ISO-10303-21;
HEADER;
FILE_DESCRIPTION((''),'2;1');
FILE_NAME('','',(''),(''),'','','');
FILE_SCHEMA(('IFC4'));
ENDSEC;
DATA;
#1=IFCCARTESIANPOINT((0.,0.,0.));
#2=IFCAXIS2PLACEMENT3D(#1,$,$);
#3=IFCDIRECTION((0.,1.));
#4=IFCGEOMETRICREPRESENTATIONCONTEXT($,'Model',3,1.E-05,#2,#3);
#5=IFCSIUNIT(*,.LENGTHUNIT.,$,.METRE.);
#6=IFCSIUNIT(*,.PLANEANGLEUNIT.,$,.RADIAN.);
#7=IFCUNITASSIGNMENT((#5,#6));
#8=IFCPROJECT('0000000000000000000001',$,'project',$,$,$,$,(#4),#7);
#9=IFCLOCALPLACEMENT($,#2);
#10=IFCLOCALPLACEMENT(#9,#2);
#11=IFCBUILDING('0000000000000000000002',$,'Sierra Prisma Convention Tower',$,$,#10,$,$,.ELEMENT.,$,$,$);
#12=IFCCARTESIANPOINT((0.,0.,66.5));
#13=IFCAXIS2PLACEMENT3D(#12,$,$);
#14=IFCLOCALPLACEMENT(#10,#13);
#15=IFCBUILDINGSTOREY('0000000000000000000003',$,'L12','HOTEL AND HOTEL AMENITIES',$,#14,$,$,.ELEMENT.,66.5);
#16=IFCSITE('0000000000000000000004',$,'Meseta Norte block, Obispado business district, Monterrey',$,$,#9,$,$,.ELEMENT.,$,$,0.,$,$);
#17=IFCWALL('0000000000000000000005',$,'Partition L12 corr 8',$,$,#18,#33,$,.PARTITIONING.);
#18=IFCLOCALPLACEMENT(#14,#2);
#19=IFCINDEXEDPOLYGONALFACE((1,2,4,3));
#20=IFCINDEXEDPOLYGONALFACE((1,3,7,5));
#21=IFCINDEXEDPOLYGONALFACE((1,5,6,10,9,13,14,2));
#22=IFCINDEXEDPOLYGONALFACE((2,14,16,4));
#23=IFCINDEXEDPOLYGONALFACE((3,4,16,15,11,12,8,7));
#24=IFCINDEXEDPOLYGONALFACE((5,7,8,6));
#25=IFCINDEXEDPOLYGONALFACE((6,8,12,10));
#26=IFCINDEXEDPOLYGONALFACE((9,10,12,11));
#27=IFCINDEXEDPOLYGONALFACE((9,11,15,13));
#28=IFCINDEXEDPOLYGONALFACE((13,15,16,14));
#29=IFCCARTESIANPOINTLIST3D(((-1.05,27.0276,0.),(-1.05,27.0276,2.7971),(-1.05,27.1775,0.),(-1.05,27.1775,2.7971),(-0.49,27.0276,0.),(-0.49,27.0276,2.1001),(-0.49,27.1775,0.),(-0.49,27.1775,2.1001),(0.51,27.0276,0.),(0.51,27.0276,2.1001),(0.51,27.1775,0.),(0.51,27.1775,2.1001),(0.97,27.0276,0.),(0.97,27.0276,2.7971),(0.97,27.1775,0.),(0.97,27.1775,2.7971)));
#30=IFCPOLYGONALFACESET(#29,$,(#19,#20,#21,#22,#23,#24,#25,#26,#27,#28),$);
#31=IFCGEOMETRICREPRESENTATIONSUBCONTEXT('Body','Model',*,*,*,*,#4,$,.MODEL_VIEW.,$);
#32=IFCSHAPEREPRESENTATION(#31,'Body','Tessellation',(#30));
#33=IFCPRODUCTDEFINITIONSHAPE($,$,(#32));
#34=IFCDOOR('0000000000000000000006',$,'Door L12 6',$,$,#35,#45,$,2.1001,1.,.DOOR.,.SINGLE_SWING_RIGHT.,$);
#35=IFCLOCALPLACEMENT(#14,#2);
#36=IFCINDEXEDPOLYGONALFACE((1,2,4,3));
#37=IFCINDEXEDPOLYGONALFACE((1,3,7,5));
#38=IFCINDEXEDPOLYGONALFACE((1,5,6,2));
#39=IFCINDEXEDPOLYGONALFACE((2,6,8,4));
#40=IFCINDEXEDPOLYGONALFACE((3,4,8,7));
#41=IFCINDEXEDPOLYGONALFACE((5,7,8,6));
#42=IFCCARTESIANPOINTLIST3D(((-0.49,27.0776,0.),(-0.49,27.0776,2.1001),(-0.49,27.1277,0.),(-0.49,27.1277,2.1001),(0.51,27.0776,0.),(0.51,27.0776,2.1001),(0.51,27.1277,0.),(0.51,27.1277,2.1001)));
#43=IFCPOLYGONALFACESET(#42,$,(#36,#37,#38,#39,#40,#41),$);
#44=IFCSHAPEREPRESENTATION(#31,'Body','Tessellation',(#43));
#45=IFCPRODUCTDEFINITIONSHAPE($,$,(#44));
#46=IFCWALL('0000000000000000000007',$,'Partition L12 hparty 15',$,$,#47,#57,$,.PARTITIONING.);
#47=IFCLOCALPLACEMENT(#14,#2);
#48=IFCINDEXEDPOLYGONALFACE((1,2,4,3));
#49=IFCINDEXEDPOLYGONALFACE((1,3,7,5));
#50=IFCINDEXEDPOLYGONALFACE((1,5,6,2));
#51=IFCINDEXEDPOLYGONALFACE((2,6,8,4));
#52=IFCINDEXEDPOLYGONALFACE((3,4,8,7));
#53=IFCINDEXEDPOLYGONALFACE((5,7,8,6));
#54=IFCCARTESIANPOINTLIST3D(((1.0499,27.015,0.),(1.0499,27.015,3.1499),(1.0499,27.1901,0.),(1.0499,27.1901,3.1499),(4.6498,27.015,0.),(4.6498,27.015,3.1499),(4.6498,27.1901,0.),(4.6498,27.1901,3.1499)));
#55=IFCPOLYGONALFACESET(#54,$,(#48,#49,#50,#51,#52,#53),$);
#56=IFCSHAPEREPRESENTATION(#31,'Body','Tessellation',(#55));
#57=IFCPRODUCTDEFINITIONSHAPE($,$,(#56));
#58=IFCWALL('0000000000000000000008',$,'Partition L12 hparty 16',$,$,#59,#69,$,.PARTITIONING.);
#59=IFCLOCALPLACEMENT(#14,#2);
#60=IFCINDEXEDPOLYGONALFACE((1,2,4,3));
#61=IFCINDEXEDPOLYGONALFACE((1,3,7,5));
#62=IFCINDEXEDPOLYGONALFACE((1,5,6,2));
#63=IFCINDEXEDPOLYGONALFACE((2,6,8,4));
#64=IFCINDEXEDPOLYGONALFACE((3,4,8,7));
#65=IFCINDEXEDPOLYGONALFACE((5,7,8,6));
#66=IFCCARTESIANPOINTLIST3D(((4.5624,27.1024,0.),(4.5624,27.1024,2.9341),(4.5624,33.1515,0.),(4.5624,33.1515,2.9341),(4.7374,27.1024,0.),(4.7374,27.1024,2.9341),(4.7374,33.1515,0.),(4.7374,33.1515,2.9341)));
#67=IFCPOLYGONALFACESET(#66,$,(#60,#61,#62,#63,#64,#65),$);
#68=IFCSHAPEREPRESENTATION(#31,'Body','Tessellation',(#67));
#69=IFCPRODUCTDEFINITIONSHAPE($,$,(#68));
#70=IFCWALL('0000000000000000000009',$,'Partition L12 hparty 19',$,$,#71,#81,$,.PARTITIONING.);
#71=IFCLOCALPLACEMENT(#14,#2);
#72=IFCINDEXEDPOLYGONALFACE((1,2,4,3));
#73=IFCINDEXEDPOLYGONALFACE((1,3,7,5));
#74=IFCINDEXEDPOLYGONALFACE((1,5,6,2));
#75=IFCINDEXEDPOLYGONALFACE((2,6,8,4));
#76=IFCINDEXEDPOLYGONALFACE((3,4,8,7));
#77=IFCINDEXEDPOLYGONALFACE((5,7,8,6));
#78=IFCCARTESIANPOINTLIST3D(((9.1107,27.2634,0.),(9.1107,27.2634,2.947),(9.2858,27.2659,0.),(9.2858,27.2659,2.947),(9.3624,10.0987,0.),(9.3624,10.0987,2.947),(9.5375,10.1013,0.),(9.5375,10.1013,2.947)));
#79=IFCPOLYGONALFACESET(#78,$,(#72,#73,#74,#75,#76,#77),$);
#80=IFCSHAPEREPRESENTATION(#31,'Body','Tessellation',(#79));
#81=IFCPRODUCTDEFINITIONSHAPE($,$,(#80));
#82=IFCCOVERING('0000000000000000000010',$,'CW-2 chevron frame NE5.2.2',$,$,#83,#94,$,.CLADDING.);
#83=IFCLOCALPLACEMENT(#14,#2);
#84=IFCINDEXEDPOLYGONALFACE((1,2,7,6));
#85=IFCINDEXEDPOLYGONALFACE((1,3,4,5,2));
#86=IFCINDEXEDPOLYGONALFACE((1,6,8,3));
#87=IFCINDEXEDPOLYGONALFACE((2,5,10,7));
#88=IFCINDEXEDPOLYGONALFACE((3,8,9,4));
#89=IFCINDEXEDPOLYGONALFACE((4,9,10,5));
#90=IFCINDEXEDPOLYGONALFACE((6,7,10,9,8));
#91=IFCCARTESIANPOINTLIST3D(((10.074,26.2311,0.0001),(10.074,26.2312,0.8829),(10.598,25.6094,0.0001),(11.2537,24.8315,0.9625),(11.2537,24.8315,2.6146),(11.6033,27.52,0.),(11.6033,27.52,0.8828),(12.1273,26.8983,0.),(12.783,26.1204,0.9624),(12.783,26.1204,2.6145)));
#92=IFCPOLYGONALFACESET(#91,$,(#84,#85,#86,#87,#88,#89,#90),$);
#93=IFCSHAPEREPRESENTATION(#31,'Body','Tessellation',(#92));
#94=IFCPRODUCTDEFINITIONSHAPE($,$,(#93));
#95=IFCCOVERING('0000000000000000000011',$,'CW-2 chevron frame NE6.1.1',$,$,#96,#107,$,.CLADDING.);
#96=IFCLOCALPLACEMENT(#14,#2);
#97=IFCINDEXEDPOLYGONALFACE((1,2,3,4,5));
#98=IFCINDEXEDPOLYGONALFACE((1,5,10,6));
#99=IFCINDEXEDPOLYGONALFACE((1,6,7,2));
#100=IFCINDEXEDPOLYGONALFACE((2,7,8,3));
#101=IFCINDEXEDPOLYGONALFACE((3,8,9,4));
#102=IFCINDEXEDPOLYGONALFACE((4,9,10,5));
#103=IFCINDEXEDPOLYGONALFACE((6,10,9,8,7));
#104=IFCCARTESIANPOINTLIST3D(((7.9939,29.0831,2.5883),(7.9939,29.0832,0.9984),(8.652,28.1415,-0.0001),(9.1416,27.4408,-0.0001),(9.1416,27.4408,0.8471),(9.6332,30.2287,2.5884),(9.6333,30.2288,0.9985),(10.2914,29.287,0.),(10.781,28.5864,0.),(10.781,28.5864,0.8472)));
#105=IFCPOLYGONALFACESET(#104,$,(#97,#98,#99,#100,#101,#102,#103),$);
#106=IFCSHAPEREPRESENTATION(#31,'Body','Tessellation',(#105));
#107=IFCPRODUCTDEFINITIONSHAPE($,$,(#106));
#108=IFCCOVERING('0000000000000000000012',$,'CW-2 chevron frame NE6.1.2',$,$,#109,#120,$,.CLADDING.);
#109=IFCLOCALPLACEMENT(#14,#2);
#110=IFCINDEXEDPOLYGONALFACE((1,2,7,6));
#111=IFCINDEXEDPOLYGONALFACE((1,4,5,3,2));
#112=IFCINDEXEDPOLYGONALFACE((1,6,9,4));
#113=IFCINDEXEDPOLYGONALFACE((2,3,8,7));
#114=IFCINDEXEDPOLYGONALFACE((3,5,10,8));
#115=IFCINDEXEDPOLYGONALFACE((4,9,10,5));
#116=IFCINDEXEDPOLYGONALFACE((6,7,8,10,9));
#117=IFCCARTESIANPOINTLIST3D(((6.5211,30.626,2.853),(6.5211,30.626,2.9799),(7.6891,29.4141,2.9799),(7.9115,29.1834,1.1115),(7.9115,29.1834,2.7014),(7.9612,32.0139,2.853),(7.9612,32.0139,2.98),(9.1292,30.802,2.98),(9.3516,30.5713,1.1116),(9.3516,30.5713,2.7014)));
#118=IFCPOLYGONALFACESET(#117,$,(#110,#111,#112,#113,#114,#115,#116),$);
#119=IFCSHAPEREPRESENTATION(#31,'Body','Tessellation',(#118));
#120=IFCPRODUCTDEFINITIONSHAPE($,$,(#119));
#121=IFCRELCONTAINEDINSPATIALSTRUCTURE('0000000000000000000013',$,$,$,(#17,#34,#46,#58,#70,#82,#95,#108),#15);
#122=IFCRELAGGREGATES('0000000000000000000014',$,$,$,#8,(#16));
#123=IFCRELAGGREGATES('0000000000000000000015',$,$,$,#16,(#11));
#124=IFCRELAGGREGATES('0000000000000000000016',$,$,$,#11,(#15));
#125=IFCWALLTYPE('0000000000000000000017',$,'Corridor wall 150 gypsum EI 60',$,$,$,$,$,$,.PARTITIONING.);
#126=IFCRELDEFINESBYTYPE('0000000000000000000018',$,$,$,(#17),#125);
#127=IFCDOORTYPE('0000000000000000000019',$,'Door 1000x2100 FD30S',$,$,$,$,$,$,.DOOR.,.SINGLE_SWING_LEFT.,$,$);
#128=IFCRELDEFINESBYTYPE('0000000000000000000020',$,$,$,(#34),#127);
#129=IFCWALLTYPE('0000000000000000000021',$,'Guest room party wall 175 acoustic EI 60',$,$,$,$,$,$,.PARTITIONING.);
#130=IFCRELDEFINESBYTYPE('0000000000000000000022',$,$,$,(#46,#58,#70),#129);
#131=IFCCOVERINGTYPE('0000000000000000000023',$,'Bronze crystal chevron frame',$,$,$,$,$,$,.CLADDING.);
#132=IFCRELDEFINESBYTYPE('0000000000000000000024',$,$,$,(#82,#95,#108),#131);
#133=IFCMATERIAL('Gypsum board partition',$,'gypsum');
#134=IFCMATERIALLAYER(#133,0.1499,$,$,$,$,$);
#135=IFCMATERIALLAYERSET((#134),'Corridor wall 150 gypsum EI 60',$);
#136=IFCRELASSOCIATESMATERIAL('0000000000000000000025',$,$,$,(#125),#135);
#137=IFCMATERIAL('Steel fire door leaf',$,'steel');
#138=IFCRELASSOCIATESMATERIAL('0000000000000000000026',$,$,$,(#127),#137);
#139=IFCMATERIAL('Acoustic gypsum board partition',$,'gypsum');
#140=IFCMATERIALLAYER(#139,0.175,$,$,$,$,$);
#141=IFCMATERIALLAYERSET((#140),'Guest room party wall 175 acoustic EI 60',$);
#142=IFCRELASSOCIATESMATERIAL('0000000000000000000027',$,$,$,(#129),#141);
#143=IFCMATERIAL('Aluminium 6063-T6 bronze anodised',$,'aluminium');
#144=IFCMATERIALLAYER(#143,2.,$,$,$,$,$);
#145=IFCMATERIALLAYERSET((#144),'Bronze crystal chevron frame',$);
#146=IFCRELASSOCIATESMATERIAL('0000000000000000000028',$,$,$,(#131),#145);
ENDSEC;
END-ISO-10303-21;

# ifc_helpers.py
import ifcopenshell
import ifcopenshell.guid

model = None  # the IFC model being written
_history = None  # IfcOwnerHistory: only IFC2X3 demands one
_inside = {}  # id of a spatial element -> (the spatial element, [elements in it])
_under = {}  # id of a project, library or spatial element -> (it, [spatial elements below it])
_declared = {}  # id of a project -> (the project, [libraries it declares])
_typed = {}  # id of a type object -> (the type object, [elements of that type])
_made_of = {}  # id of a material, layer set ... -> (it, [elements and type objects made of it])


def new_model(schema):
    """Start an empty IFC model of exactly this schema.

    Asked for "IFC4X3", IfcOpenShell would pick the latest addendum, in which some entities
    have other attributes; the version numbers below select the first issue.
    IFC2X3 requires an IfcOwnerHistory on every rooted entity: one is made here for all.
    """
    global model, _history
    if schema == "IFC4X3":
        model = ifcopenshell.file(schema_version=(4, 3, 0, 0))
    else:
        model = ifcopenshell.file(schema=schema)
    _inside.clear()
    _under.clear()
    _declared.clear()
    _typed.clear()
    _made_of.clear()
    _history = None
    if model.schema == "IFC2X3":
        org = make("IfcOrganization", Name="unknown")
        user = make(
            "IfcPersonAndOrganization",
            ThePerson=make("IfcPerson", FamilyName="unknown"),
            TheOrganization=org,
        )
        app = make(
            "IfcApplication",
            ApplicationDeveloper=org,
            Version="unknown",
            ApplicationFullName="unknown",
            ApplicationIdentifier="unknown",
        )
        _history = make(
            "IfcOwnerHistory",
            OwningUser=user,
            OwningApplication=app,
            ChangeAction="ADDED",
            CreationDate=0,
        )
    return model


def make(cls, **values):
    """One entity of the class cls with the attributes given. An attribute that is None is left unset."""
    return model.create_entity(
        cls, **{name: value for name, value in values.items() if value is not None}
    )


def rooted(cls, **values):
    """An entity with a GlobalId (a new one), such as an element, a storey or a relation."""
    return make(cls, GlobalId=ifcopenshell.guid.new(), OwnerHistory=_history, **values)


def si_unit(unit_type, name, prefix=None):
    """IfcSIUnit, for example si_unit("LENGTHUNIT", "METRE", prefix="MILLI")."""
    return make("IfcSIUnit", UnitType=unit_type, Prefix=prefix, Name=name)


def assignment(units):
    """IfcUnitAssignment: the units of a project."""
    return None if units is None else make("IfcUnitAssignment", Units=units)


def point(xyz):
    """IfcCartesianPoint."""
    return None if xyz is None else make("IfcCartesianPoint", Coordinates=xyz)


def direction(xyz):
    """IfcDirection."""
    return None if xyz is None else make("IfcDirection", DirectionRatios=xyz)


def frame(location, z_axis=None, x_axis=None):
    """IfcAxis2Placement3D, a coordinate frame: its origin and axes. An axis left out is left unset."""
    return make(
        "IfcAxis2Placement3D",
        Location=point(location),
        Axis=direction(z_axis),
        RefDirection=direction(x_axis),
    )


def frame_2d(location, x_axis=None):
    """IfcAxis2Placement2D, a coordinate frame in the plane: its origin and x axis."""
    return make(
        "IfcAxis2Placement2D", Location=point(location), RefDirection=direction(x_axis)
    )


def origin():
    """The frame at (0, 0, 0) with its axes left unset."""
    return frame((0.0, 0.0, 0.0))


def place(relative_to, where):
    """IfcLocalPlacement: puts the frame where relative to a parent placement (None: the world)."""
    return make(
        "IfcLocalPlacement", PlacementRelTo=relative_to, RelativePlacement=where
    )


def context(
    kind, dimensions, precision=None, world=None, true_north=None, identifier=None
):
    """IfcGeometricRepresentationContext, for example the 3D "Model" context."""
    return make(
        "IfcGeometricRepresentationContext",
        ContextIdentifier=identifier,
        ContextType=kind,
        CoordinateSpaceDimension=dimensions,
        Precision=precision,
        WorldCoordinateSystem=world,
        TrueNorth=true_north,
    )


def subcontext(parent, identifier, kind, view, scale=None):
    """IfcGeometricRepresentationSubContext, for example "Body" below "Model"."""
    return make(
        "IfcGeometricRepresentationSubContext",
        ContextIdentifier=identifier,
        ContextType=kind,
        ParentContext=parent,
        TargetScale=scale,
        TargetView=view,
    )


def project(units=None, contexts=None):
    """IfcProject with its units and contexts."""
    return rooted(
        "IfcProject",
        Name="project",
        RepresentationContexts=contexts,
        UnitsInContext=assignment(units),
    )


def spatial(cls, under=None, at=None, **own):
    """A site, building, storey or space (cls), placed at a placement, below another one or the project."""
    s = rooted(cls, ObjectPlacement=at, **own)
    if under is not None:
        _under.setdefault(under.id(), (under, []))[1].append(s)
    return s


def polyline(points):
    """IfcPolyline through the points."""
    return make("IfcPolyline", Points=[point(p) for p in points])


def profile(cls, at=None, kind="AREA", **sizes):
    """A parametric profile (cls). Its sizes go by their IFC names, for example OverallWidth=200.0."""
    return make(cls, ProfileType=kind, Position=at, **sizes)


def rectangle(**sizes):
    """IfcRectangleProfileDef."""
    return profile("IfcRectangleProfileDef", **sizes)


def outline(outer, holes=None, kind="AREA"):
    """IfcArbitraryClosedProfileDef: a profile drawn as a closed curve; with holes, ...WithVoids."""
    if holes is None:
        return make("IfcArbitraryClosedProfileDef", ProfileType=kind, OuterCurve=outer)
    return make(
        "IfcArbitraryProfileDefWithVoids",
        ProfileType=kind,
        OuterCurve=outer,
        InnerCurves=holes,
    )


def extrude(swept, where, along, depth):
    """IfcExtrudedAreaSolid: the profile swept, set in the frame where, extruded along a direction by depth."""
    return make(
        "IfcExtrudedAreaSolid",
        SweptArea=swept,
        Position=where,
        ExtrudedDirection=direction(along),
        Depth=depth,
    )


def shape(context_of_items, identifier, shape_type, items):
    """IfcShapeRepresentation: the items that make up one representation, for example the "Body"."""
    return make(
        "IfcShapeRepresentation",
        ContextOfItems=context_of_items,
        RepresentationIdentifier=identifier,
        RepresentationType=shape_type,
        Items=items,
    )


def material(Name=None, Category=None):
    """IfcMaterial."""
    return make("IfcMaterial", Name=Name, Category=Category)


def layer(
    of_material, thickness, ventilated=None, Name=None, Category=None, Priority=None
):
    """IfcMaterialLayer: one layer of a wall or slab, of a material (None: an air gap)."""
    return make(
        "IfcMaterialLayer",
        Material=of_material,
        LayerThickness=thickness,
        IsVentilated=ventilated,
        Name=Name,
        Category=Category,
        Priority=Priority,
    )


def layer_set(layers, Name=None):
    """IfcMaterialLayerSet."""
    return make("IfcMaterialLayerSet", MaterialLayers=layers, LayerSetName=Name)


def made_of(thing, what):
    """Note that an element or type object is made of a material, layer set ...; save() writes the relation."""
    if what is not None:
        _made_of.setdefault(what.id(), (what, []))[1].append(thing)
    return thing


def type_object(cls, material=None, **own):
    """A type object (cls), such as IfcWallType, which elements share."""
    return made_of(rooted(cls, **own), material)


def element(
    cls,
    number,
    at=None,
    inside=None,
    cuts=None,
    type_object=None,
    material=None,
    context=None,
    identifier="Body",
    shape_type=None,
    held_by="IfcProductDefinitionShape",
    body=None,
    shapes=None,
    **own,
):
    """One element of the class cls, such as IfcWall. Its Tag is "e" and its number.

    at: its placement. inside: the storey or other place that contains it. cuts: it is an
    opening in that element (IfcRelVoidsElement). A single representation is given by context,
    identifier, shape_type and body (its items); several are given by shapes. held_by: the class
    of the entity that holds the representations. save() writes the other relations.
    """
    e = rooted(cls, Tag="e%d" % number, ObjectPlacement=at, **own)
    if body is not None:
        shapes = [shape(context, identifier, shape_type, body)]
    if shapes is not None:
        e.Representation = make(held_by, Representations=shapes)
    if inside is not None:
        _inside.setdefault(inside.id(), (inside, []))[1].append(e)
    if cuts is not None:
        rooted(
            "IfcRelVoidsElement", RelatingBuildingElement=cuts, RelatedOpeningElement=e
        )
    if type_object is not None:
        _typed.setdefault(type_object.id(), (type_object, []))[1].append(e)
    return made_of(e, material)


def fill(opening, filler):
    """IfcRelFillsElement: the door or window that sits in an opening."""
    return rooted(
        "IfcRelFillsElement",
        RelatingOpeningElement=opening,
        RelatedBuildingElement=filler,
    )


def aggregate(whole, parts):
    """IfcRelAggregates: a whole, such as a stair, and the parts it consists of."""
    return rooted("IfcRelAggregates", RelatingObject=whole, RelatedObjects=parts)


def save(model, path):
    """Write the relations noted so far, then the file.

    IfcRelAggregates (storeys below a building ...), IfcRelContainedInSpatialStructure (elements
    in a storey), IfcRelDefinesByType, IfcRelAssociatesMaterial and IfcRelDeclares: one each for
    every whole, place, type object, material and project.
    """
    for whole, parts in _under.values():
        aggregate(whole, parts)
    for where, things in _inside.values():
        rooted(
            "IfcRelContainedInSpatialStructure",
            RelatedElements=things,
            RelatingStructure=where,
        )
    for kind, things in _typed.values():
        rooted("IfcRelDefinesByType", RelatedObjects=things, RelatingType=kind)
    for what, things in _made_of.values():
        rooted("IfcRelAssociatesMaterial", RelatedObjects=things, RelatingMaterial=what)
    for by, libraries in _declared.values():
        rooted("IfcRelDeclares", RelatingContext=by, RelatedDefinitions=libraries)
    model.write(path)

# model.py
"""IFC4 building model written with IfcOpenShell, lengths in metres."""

from ifc_helpers import new_model, si_unit, direction, frame, frame_2d, origin, place, context, subcontext, project, spatial, polyline, rectangle, outline, extrude, material, layer, layer_set, type_object, element, fill, save


model = new_model("IFC4")

# Units and contexts
model_context = context("Model", 3, precision=1e-05, world=origin(), true_north=direction((0.0, 1.0)))
body_context = subcontext(model_context, "Body", "Model", "MODEL_VIEW")
ifc_project = project(units=[si_unit("LENGTHUNIT", "METRE"), si_unit("PLANEANGLEUNIT", "RADIAN")], contexts=[model_context])

# Site, building, storey
site_placement = place(None, origin())
site = spatial("IfcSite", under=ifc_project, at=site_placement, Name="Meseta Norte block, Obispado business district, Monterrey", CompositionType="ELEMENT", RefElevation=0.0)
building_placement = place(site_placement, origin())
building = spatial("IfcBuilding", under=site, at=building_placement, Name="Sierra Prisma Convention Tower", CompositionType="ELEMENT")
storey_placement = place(building_placement, frame((0.0, 0.0, 66.5)))
storey = spatial("IfcBuildingStorey", under=building, at=storey_placement, Name="L12", Description="HOTEL AND HOTEL AMENITIES", CompositionType="ELEMENT", Elevation=66.5)

# Wall, opening, door
ifc_material_1 = material(Name="Gypsum board partition", Category="gypsum")
ifc_layer_1 = layer(ifc_material_1, 0.1499)
ifc_layer_set_1 = layer_set([ifc_layer_1], Name="Corridor wall 150 gypsum EI 60")
wall_type_1 = type_object("IfcWallType", Name="Corridor wall 150 gypsum EI 60", PredefinedType="PARTITIONING", material=ifc_layer_set_1)
wall_1_placement = place(storey_placement, frame((0.97, 27.1025, 0.0), z_axis=(0.0, 0.0, 1.0), x_axis=(-1.0, 0.0, 0.0)))
wall_1 = element("IfcWall", 1, at=wall_1_placement, inside=storey, type_object=wall_type_1, Name="Partition L12 corr 8", PredefinedType="PARTITIONING", context=body_context, shape_type="SweptSolid", body=[
    extrude(rectangle(XDim=2.02, YDim=0.1499, at=frame_2d((1.01, 0.0))), origin(), (0.0, 0.0, 1.0), 2.7971),
])
opening_placement = place(wall_1_placement, frame((0.46, 0.0, 0.0)))
opening = element("IfcOpeningElement", 2, at=opening_placement, cuts=wall_1, PredefinedType="OPENING", context=body_context, shape_type="SweptSolid", body=[
    extrude(rectangle(XDim=1.0, YDim=2.1001, at=frame_2d((0.5, 1.05))), frame((0.0, 0.075, 0.0), z_axis=(0.0, -1.0, 0.0), x_axis=(1.0, 0.0, 0.0)), (0.0, 0.0, 1.0), 0.1499),
])
ifc_material_2 = material(Name="Steel fire door leaf", Category="steel")
door_type = type_object("IfcDoorType", Name="Door 1000x2100 FD30S", OperationType="SINGLE_SWING_LEFT", PredefinedType="DOOR", material=ifc_material_2)
door_placement = place(opening_placement, origin())
door = element("IfcDoor", 3, at=door_placement, inside=storey, type_object=door_type, Name="Door L12 6", OperationType="SINGLE_SWING_RIGHT", OverallHeight=2.1001, OverallWidth=1.0, PredefinedType="DOOR", context=body_context, shape_type="SweptSolid", body=[
    extrude(rectangle(XDim=1.0, YDim=2.1001, at=frame_2d((0.5, 1.05))), frame((0.0, 0.0249, 0.0), z_axis=(0.0, -1.0, 0.0), x_axis=(1.0, 0.0, 0.0)), (0.0, 0.0, 1.0), 0.05),
])
fill(opening, door)

# Walls
ifc_material_3 = material(Name="Acoustic gypsum board partition", Category="gypsum")
ifc_layer_2 = layer(ifc_material_3, 0.175)
ifc_layer_set_2 = layer_set([ifc_layer_2], Name="Guest room party wall 175 acoustic EI 60")
wall_type_2 = type_object("IfcWallType", Name="Guest room party wall 175 acoustic EI 60", PredefinedType="PARTITIONING", material=ifc_layer_set_2)
wall_2_placement = place(storey_placement, frame((1.05, 27.1025, 0.0), z_axis=(0.0, 0.0, 1.0), x_axis=(1.0, 0.0, 0.0)))
element("IfcWall", 4, at=wall_2_placement, inside=storey, type_object=wall_type_2, Name="Partition L12 hparty 15", PredefinedType="PARTITIONING", context=body_context, shape_type="SweptSolid", body=[
    extrude(rectangle(XDim=3.5999, YDim=0.175, at=frame_2d((1.7998, 0.0))), origin(), (0.0, 0.0, 1.0), 3.1499),
])
wall_3_placement = place(storey_placement, frame((4.6499, 27.1025, 0.0), z_axis=(0.0, 0.0, 1.0), x_axis=(0.0, 1.0, 0.0)))
element("IfcWall", 5, at=wall_3_placement, inside=storey, type_object=wall_type_2, Name="Partition L12 hparty 16", PredefinedType="PARTITIONING", context=body_context, shape_type="SweptSolid", body=[
    extrude(rectangle(XDim=6.0491, YDim=0.175, at=frame_2d((3.0244, 0.0))), origin(), (0.0, 0.0, 1.0), 2.9341),
])
wall_4_placement = place(storey_placement, frame((9.1982, 27.2646, 0.0), z_axis=(0.0, 0.0, 1.0), x_axis=(0.014663, -0.999892, 0.0)))
element("IfcWall", 6, at=wall_4_placement, inside=storey, type_object=wall_type_2, Name="Partition L12 hparty 19", PredefinedType="PARTITIONING", context=body_context, shape_type="SweptSolid", body=[
    extrude(rectangle(XDim=17.1665, YDim=0.175, at=frame_2d((8.5833, 0.0))), origin(), (0.0, 0.0, 1.0), 2.947),
])

# Coverings
ifc_material_4 = material(Name="Aluminium 6063-T6 bronze anodised", Category="aluminium")
ifc_layer_3 = layer(ifc_material_4, 2.0)
ifc_layer_set_3 = layer_set([ifc_layer_3], Name="Bronze crystal chevron frame")
covering_type = type_object("IfcCoveringType", Name="Bronze crystal chevron frame", PredefinedType="CLADDING", material=ifc_layer_set_3)
covering_1_placement = place(storey_placement, frame((11.6033, 27.52, 0.0), z_axis=(0.76465, 0.644446, -0.000045), x_axis=(0.000034, 0.000029, 1.0)))
element("IfcCovering", 7, at=covering_1_placement, inside=storey, type_object=covering_type, Name="CW-2 chevron frame NE5.2.2", PredefinedType="CLADDING", context=body_context, shape_type="SweptSolid", body=[
    extrude(outline(polyline([(0.0, 0.0), (0.8828, 0.0), (2.6145, 1.8305), (0.9624, 1.8305), (0.0, 0.8131), (0.0, 0.0)])), origin(), (0.0, 0.0, -1.0), 2.0),
])
covering_2_placement = place(storey_placement, frame((10.781, 28.5864, 0.0), z_axis=(0.819696, 0.572798, 0.000044), x_axis=(-0.572798, 0.819696, 0.0)))
element("IfcCovering", 8, at=covering_2_placement, inside=storey, type_object=covering_type, Name="CW-2 chevron frame NE6.1.1", PredefinedType="CLADDING", context=body_context, shape_type="SweptSolid", body=[
    extrude(outline(polyline([(0.0, 0.0), (0.8547, 0.0), (2.0036, 0.9985), (2.0036, 2.5884), (0.0, 0.8472), (0.0, 0.0)])), origin(), (0.0, 0.0, -1.0), 2.0),
])
covering_3_placement = place(storey_placement, frame((9.3516, 30.5713, 2.7014), z_axis=(0.720027, 0.693946, 0.00002), x_axis=(0.000015, 0.000014, -1.0)))
element("IfcCovering", 9, at=covering_3_placement, inside=storey, type_object=covering_type, Name="CW-2 chevron frame NE6.1.2", PredefinedType="CLADDING", context=body_context, shape_type="SweptSolid", body=[
    extrude(outline(polyline([(0.0, 0.0), (1.5898, 0.0), (-0.1516, 2.0036), (-0.2786, 2.0036), (-0.2786, 0.3205), (0.0, 0.0)])), origin(), (0.0, 0.0, -1.0), 2.0),
])

save(model, "model.ifc")
